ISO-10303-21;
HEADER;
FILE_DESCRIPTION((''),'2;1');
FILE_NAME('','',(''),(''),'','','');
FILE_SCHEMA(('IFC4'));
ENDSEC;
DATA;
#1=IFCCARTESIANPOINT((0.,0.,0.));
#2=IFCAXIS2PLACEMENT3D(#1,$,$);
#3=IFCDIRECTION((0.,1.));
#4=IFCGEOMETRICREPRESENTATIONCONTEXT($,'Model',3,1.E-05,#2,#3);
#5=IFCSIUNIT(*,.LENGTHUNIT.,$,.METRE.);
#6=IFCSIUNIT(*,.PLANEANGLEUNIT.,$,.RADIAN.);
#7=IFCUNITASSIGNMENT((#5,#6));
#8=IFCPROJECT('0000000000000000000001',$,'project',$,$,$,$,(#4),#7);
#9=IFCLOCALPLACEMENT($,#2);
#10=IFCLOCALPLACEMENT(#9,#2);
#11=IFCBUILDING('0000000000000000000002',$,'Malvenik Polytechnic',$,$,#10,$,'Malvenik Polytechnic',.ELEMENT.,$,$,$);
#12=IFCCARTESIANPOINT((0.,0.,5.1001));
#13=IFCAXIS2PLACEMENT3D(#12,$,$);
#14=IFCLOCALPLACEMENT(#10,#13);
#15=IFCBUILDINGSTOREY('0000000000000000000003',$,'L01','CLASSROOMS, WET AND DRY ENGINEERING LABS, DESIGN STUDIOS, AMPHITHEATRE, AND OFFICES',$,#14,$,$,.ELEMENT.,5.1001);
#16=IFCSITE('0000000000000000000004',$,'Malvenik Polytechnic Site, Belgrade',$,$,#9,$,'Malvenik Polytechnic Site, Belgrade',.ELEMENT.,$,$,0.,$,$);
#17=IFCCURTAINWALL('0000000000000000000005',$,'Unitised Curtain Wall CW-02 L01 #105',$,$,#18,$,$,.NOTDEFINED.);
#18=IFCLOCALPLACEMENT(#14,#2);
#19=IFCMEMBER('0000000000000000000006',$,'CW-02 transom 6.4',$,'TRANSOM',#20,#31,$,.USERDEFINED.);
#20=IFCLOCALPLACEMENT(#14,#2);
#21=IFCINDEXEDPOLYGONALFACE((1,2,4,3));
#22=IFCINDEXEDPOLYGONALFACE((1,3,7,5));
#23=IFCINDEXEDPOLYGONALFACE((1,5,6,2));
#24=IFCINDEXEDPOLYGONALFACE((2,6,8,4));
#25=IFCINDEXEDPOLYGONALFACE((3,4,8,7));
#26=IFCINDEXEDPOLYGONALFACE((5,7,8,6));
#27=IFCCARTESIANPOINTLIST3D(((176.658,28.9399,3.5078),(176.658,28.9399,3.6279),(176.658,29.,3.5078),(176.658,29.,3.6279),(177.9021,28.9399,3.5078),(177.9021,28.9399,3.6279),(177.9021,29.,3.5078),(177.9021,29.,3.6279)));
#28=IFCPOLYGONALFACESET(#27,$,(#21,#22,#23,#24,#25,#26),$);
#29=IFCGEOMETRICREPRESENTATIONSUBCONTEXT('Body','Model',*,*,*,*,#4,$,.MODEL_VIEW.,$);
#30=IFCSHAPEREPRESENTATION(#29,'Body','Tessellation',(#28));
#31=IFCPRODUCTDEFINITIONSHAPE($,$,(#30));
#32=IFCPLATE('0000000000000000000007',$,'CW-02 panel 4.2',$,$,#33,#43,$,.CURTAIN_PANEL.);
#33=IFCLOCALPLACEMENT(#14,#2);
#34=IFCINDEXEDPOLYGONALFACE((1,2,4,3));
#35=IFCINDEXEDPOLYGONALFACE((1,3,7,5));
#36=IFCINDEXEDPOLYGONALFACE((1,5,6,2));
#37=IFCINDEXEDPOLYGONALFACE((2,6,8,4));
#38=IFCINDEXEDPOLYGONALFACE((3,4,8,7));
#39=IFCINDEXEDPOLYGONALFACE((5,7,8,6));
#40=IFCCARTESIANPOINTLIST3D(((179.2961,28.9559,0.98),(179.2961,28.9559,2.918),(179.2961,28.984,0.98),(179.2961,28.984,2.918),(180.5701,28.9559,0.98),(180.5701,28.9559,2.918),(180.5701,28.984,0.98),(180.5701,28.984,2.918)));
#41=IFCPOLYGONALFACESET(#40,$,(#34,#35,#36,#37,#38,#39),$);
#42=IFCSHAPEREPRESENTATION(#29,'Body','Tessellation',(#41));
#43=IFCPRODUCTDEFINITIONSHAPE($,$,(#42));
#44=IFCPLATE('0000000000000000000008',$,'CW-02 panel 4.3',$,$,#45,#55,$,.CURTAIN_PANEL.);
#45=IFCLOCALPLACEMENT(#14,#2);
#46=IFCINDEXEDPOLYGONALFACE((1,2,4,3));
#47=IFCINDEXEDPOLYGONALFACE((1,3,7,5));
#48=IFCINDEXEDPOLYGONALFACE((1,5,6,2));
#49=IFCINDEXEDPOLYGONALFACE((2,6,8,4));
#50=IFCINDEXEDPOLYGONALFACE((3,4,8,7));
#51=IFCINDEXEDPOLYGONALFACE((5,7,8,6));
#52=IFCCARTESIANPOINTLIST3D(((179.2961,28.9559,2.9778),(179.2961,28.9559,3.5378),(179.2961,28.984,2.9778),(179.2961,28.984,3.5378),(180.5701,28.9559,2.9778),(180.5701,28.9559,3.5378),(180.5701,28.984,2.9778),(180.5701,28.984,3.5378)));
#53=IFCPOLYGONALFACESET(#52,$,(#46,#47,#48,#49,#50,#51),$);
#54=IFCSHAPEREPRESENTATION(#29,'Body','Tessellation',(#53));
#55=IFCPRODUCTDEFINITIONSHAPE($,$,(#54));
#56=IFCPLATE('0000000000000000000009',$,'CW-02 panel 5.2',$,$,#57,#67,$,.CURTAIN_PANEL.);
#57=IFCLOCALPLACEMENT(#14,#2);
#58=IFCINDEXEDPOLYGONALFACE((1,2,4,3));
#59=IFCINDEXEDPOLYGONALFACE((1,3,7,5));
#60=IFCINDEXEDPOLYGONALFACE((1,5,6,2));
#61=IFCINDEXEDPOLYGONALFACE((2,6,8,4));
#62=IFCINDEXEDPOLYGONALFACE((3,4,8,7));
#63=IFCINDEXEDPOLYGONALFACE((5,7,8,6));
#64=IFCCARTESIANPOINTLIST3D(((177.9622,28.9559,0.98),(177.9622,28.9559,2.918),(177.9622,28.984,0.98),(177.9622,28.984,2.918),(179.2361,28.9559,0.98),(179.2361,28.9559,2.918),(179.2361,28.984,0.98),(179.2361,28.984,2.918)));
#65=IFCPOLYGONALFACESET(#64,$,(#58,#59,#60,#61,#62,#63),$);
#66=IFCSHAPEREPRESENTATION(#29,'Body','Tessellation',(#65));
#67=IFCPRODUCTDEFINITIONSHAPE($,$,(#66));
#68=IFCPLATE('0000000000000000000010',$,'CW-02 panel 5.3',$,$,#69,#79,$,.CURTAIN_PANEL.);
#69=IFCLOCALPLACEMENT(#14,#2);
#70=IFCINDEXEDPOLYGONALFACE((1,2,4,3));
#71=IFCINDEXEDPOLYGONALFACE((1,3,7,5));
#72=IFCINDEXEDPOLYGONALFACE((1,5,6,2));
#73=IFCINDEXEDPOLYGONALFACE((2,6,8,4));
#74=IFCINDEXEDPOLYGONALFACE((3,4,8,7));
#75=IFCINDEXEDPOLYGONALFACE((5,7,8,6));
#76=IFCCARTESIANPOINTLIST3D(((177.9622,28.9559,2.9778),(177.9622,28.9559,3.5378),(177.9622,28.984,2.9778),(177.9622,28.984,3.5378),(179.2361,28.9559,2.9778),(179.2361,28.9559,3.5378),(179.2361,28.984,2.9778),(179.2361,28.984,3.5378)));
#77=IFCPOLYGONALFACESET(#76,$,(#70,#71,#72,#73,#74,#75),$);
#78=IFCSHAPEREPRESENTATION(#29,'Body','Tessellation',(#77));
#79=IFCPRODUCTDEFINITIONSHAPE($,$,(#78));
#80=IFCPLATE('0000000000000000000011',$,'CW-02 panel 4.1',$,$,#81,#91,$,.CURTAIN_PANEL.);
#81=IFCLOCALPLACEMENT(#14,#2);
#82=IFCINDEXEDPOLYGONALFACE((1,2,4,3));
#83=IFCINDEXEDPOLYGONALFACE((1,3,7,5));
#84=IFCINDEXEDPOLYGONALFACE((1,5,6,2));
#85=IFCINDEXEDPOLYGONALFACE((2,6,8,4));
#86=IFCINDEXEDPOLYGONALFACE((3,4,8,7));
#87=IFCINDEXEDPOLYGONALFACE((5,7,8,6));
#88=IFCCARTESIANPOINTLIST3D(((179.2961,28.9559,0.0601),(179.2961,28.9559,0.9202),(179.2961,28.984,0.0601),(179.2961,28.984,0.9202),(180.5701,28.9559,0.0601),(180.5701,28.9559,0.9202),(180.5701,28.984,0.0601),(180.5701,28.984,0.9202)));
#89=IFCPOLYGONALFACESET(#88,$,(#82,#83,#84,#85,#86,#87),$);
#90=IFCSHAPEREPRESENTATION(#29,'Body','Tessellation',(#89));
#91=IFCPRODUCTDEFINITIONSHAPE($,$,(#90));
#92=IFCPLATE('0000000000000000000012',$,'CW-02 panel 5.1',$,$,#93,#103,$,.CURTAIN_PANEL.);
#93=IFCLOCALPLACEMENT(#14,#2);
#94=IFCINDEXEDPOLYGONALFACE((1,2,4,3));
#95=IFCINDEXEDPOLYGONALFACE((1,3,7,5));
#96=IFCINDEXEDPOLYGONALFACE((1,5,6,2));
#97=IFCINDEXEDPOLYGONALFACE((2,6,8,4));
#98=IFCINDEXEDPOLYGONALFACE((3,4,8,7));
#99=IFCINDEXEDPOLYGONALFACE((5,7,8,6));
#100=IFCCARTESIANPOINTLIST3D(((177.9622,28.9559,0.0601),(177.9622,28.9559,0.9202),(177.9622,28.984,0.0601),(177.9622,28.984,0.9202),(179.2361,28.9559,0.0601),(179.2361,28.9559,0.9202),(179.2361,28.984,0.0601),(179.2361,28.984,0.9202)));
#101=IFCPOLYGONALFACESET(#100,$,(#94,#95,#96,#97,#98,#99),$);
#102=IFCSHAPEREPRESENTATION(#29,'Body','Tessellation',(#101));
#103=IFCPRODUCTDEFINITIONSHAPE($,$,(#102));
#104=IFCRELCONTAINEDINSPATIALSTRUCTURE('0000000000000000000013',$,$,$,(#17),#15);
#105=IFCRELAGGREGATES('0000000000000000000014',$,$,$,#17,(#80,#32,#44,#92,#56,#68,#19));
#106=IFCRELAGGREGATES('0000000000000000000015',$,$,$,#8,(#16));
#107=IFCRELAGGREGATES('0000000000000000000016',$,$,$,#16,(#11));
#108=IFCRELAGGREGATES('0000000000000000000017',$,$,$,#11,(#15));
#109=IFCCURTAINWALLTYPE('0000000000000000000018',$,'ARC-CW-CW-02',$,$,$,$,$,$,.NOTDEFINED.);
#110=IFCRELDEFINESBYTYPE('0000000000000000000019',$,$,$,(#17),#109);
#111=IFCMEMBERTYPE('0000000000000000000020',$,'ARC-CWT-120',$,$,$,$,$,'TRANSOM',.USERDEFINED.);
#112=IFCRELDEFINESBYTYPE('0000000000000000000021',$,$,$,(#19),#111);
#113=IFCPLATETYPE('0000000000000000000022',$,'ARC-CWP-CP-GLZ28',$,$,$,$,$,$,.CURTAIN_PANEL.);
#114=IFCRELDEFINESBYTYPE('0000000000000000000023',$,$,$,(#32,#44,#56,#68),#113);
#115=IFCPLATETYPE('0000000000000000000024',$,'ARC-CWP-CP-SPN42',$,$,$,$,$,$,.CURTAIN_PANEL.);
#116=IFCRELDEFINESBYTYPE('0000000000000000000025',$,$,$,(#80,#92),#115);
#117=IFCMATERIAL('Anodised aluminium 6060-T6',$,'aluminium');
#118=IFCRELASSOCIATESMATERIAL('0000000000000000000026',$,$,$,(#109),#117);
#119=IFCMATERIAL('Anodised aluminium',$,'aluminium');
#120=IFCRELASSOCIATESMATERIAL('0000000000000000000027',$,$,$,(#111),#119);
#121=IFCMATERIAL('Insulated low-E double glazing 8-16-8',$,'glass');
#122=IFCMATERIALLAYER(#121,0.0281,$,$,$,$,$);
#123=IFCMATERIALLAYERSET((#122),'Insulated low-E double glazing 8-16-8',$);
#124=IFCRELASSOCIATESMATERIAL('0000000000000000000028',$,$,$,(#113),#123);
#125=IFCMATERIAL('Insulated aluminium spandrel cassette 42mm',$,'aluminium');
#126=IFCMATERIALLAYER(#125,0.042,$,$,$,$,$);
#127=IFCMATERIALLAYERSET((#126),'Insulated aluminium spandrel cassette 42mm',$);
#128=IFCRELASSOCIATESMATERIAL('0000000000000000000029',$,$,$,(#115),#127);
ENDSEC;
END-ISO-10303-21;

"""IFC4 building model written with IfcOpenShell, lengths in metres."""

from ifc_helpers import new_model, si_unit, direction, frame, origin, origin_2d, place, context, subcontext, project, spatial, rectangle, extrude, material, layer, layer_set, material_profile, profile_set, type_object, element, aggregate, save


model = new_model("IFC4")

# Units and contexts
model_context = context("Model", 3, precision=1e-05, world=origin(), true_north=direction((0.0, 1.0)))
body_context = subcontext(model_context, "Body", "Model", "MODEL_VIEW")
ifc_project = project(units=[si_unit("LENGTHUNIT", "METRE"), si_unit("PLANEANGLEUNIT", "RADIAN")], contexts=[model_context])

# Site, building, storey
site_placement = place(None, origin())
site = spatial("IfcSite", under=ifc_project, at=site_placement, Name="Malvenik Polytechnic Site, Belgrade", LongName="Malvenik Polytechnic Site, Belgrade", CompositionType="ELEMENT", RefElevation=0.0)
building_placement = place(site_placement, origin())
building = spatial("IfcBuilding", under=site, at=building_placement, Name="Malvenik Polytechnic", LongName="Malvenik Polytechnic", CompositionType="ELEMENT")
storey_placement = place(building_placement, frame((0.0, 0.0, 5.1001)))
storey = spatial("IfcBuildingStorey", under=building, at=storey_placement, Name="L01", Description="CLASSROOMS, WET AND DRY ENGINEERING LABS, DESIGN STUDIOS, AMPHITHEATRE, AND OFFICES", CompositionType="ELEMENT", Elevation=5.1001)

# Curtain wall, member, plates
ifc_material_1 = material(Name="Anodised aluminium 6060-T6", Category="aluminium")
curtain_wall_type = type_object("IfcCurtainWallType", Name="ARC-CW-CW-02", PredefinedType="NOTDEFINED", material=ifc_material_1)
curtain_wall_placement = place(storey_placement, origin())
curtain_wall = element("IfcCurtainWall", 1, at=curtain_wall_placement, inside=storey, type_object=curtain_wall_type, Name="Unitised Curtain Wall CW-02 L01 #105", PredefinedType="NOTDEFINED")
ifc_material_2 = material(Name="Anodised aluminium", Category="aluminium")
ifc_material_profile_1 = material_profile(ifc_material_2, rectangle(XDim=0.0601, YDim=0.1201, at=origin_2d()), Name="ALU TRANSOM 60x120")
ifc_profile_set_1 = profile_set([ifc_material_profile_1], Name="Anodised aluminium")
member_type_1 = type_object("IfcMemberType", Name="ARC-CWT-120", ElementType="TRANSOM", PredefinedType="USERDEFINED", material=ifc_profile_set_1)
member_1_placement = place(storey_placement, frame((177.9021, 28.97, 3.5679), z_axis=(-1.0, 0.0, 0.0), x_axis=(0.0, -1.0, 0.0)))
member_1 = element("IfcMember", 2, at=member_1_placement, type_object=member_type_1, Name="CW-02 transom 6.4", ObjectType="TRANSOM", PredefinedType="USERDEFINED", context=body_context, shape_type="SweptSolid", body=[
    extrude(rectangle(XDim=0.0601, YDim=0.1201, at=origin_2d()), origin(), (0.0, 0.0, 1.0), 1.2441),
])
ifc_material_3 = material(Name="Insulated low-E double glazing 8-16-8", Category="glass")
ifc_layer_1 = layer(ifc_material_3, 0.0281)
ifc_layer_set_1 = layer_set([ifc_layer_1], Name="Insulated low-E double glazing 8-16-8")
plate_type_1 = type_object("IfcPlateType", Name="ARC-CWP-CP-GLZ28", PredefinedType="CURTAIN_PANEL", material=ifc_layer_set_1)
plate_1_placement = place(storey_placement, frame((179.9331, 28.97, 0.98), z_axis=(0.0, 0.0, 1.0), x_axis=(-1.0, 0.0, 0.0)))
plate_1 = element("IfcPlate", 3, at=plate_1_placement, type_object=plate_type_1, Name="CW-02 panel 4.2", PredefinedType="CURTAIN_PANEL", context=body_context, shape_type="SweptSolid", body=[
    extrude(rectangle(XDim=1.2739, YDim=0.0281, at=origin_2d()), origin(), (0.0, 0.0, 1.0), 1.938),
])
plate_2_placement = place(storey_placement, frame((179.9331, 28.97, 2.9778), z_axis=(0.0, 0.0, 1.0), x_axis=(-1.0, 0.0, 0.0)))
plate_2 = element("IfcPlate", 4, at=plate_2_placement, type_object=plate_type_1, Name="CW-02 panel 4.3", PredefinedType="CURTAIN_PANEL", context=body_context, shape_type="SweptSolid", body=[
    extrude(rectangle(XDim=1.2739, YDim=0.0281, at=origin_2d()), origin(), (0.0, 0.0, 1.0), 0.5601),
])
plate_3_placement = place(storey_placement, frame((178.5991, 28.97, 0.98), z_axis=(0.0, 0.0, 1.0), x_axis=(-1.0, 0.0, 0.0)))
plate_3 = element("IfcPlate", 5, at=plate_3_placement, type_object=plate_type_1, Name="CW-02 panel 5.2", PredefinedType="CURTAIN_PANEL", context=body_context, shape_type="SweptSolid", body=[
    extrude(rectangle(XDim=1.2739, YDim=0.0281, at=origin_2d()), origin(), (0.0, 0.0, 1.0), 1.938),
])
plate_4_placement = place(storey_placement, frame((178.5991, 28.97, 2.9778), z_axis=(0.0, 0.0, 1.0), x_axis=(-1.0, 0.0, 0.0)))
plate_4 = element("IfcPlate", 6, at=plate_4_placement, type_object=plate_type_1, Name="CW-02 panel 5.3", PredefinedType="CURTAIN_PANEL", context=body_context, shape_type="SweptSolid", body=[
    extrude(rectangle(XDim=1.2739, YDim=0.0281, at=origin_2d()), origin(), (0.0, 0.0, 1.0), 0.5601),
])
ifc_material_4 = material(Name="Insulated aluminium spandrel cassette 42mm", Category="aluminium")
ifc_layer_2 = layer(ifc_material_4, 0.042)
ifc_layer_set_2 = layer_set([ifc_layer_2], Name="Insulated aluminium spandrel cassette 42mm")
plate_type_2 = type_object("IfcPlateType", Name="ARC-CWP-CP-SPN42", PredefinedType="CURTAIN_PANEL", material=ifc_layer_set_2)
plate_5_placement = place(storey_placement, frame((179.9331, 28.97, 0.0601), z_axis=(0.0, 0.0, 1.0), x_axis=(-1.0, 0.0, 0.0)))
plate_5 = element("IfcPlate", 7, at=plate_5_placement, type_object=plate_type_2, Name="CW-02 panel 4.1", PredefinedType="CURTAIN_PANEL", context=body_context, shape_type="SweptSolid", body=[
    extrude(rectangle(XDim=1.2739, YDim=0.0281, at=origin_2d()), origin(), (0.0, 0.0, 1.0), 0.8601),
])
plate_6_placement = place(storey_placement, frame((178.5991, 28.97, 0.0601), z_axis=(0.0, 0.0, 1.0), x_axis=(-1.0, 0.0, 0.0)))
plate_6 = element("IfcPlate", 8, at=plate_6_placement, type_object=plate_type_2, Name="CW-02 panel 5.1", PredefinedType="CURTAIN_PANEL", context=body_context, shape_type="SweptSolid", body=[
    extrude(rectangle(XDim=1.2739, YDim=0.0281, at=origin_2d()), origin(), (0.0, 0.0, 1.0), 0.8601),
])
aggregate(curtain_wall, [plate_5, plate_1, plate_2, plate_6, plate_3, plate_4, member_1])

save(model, "model.ifc")
